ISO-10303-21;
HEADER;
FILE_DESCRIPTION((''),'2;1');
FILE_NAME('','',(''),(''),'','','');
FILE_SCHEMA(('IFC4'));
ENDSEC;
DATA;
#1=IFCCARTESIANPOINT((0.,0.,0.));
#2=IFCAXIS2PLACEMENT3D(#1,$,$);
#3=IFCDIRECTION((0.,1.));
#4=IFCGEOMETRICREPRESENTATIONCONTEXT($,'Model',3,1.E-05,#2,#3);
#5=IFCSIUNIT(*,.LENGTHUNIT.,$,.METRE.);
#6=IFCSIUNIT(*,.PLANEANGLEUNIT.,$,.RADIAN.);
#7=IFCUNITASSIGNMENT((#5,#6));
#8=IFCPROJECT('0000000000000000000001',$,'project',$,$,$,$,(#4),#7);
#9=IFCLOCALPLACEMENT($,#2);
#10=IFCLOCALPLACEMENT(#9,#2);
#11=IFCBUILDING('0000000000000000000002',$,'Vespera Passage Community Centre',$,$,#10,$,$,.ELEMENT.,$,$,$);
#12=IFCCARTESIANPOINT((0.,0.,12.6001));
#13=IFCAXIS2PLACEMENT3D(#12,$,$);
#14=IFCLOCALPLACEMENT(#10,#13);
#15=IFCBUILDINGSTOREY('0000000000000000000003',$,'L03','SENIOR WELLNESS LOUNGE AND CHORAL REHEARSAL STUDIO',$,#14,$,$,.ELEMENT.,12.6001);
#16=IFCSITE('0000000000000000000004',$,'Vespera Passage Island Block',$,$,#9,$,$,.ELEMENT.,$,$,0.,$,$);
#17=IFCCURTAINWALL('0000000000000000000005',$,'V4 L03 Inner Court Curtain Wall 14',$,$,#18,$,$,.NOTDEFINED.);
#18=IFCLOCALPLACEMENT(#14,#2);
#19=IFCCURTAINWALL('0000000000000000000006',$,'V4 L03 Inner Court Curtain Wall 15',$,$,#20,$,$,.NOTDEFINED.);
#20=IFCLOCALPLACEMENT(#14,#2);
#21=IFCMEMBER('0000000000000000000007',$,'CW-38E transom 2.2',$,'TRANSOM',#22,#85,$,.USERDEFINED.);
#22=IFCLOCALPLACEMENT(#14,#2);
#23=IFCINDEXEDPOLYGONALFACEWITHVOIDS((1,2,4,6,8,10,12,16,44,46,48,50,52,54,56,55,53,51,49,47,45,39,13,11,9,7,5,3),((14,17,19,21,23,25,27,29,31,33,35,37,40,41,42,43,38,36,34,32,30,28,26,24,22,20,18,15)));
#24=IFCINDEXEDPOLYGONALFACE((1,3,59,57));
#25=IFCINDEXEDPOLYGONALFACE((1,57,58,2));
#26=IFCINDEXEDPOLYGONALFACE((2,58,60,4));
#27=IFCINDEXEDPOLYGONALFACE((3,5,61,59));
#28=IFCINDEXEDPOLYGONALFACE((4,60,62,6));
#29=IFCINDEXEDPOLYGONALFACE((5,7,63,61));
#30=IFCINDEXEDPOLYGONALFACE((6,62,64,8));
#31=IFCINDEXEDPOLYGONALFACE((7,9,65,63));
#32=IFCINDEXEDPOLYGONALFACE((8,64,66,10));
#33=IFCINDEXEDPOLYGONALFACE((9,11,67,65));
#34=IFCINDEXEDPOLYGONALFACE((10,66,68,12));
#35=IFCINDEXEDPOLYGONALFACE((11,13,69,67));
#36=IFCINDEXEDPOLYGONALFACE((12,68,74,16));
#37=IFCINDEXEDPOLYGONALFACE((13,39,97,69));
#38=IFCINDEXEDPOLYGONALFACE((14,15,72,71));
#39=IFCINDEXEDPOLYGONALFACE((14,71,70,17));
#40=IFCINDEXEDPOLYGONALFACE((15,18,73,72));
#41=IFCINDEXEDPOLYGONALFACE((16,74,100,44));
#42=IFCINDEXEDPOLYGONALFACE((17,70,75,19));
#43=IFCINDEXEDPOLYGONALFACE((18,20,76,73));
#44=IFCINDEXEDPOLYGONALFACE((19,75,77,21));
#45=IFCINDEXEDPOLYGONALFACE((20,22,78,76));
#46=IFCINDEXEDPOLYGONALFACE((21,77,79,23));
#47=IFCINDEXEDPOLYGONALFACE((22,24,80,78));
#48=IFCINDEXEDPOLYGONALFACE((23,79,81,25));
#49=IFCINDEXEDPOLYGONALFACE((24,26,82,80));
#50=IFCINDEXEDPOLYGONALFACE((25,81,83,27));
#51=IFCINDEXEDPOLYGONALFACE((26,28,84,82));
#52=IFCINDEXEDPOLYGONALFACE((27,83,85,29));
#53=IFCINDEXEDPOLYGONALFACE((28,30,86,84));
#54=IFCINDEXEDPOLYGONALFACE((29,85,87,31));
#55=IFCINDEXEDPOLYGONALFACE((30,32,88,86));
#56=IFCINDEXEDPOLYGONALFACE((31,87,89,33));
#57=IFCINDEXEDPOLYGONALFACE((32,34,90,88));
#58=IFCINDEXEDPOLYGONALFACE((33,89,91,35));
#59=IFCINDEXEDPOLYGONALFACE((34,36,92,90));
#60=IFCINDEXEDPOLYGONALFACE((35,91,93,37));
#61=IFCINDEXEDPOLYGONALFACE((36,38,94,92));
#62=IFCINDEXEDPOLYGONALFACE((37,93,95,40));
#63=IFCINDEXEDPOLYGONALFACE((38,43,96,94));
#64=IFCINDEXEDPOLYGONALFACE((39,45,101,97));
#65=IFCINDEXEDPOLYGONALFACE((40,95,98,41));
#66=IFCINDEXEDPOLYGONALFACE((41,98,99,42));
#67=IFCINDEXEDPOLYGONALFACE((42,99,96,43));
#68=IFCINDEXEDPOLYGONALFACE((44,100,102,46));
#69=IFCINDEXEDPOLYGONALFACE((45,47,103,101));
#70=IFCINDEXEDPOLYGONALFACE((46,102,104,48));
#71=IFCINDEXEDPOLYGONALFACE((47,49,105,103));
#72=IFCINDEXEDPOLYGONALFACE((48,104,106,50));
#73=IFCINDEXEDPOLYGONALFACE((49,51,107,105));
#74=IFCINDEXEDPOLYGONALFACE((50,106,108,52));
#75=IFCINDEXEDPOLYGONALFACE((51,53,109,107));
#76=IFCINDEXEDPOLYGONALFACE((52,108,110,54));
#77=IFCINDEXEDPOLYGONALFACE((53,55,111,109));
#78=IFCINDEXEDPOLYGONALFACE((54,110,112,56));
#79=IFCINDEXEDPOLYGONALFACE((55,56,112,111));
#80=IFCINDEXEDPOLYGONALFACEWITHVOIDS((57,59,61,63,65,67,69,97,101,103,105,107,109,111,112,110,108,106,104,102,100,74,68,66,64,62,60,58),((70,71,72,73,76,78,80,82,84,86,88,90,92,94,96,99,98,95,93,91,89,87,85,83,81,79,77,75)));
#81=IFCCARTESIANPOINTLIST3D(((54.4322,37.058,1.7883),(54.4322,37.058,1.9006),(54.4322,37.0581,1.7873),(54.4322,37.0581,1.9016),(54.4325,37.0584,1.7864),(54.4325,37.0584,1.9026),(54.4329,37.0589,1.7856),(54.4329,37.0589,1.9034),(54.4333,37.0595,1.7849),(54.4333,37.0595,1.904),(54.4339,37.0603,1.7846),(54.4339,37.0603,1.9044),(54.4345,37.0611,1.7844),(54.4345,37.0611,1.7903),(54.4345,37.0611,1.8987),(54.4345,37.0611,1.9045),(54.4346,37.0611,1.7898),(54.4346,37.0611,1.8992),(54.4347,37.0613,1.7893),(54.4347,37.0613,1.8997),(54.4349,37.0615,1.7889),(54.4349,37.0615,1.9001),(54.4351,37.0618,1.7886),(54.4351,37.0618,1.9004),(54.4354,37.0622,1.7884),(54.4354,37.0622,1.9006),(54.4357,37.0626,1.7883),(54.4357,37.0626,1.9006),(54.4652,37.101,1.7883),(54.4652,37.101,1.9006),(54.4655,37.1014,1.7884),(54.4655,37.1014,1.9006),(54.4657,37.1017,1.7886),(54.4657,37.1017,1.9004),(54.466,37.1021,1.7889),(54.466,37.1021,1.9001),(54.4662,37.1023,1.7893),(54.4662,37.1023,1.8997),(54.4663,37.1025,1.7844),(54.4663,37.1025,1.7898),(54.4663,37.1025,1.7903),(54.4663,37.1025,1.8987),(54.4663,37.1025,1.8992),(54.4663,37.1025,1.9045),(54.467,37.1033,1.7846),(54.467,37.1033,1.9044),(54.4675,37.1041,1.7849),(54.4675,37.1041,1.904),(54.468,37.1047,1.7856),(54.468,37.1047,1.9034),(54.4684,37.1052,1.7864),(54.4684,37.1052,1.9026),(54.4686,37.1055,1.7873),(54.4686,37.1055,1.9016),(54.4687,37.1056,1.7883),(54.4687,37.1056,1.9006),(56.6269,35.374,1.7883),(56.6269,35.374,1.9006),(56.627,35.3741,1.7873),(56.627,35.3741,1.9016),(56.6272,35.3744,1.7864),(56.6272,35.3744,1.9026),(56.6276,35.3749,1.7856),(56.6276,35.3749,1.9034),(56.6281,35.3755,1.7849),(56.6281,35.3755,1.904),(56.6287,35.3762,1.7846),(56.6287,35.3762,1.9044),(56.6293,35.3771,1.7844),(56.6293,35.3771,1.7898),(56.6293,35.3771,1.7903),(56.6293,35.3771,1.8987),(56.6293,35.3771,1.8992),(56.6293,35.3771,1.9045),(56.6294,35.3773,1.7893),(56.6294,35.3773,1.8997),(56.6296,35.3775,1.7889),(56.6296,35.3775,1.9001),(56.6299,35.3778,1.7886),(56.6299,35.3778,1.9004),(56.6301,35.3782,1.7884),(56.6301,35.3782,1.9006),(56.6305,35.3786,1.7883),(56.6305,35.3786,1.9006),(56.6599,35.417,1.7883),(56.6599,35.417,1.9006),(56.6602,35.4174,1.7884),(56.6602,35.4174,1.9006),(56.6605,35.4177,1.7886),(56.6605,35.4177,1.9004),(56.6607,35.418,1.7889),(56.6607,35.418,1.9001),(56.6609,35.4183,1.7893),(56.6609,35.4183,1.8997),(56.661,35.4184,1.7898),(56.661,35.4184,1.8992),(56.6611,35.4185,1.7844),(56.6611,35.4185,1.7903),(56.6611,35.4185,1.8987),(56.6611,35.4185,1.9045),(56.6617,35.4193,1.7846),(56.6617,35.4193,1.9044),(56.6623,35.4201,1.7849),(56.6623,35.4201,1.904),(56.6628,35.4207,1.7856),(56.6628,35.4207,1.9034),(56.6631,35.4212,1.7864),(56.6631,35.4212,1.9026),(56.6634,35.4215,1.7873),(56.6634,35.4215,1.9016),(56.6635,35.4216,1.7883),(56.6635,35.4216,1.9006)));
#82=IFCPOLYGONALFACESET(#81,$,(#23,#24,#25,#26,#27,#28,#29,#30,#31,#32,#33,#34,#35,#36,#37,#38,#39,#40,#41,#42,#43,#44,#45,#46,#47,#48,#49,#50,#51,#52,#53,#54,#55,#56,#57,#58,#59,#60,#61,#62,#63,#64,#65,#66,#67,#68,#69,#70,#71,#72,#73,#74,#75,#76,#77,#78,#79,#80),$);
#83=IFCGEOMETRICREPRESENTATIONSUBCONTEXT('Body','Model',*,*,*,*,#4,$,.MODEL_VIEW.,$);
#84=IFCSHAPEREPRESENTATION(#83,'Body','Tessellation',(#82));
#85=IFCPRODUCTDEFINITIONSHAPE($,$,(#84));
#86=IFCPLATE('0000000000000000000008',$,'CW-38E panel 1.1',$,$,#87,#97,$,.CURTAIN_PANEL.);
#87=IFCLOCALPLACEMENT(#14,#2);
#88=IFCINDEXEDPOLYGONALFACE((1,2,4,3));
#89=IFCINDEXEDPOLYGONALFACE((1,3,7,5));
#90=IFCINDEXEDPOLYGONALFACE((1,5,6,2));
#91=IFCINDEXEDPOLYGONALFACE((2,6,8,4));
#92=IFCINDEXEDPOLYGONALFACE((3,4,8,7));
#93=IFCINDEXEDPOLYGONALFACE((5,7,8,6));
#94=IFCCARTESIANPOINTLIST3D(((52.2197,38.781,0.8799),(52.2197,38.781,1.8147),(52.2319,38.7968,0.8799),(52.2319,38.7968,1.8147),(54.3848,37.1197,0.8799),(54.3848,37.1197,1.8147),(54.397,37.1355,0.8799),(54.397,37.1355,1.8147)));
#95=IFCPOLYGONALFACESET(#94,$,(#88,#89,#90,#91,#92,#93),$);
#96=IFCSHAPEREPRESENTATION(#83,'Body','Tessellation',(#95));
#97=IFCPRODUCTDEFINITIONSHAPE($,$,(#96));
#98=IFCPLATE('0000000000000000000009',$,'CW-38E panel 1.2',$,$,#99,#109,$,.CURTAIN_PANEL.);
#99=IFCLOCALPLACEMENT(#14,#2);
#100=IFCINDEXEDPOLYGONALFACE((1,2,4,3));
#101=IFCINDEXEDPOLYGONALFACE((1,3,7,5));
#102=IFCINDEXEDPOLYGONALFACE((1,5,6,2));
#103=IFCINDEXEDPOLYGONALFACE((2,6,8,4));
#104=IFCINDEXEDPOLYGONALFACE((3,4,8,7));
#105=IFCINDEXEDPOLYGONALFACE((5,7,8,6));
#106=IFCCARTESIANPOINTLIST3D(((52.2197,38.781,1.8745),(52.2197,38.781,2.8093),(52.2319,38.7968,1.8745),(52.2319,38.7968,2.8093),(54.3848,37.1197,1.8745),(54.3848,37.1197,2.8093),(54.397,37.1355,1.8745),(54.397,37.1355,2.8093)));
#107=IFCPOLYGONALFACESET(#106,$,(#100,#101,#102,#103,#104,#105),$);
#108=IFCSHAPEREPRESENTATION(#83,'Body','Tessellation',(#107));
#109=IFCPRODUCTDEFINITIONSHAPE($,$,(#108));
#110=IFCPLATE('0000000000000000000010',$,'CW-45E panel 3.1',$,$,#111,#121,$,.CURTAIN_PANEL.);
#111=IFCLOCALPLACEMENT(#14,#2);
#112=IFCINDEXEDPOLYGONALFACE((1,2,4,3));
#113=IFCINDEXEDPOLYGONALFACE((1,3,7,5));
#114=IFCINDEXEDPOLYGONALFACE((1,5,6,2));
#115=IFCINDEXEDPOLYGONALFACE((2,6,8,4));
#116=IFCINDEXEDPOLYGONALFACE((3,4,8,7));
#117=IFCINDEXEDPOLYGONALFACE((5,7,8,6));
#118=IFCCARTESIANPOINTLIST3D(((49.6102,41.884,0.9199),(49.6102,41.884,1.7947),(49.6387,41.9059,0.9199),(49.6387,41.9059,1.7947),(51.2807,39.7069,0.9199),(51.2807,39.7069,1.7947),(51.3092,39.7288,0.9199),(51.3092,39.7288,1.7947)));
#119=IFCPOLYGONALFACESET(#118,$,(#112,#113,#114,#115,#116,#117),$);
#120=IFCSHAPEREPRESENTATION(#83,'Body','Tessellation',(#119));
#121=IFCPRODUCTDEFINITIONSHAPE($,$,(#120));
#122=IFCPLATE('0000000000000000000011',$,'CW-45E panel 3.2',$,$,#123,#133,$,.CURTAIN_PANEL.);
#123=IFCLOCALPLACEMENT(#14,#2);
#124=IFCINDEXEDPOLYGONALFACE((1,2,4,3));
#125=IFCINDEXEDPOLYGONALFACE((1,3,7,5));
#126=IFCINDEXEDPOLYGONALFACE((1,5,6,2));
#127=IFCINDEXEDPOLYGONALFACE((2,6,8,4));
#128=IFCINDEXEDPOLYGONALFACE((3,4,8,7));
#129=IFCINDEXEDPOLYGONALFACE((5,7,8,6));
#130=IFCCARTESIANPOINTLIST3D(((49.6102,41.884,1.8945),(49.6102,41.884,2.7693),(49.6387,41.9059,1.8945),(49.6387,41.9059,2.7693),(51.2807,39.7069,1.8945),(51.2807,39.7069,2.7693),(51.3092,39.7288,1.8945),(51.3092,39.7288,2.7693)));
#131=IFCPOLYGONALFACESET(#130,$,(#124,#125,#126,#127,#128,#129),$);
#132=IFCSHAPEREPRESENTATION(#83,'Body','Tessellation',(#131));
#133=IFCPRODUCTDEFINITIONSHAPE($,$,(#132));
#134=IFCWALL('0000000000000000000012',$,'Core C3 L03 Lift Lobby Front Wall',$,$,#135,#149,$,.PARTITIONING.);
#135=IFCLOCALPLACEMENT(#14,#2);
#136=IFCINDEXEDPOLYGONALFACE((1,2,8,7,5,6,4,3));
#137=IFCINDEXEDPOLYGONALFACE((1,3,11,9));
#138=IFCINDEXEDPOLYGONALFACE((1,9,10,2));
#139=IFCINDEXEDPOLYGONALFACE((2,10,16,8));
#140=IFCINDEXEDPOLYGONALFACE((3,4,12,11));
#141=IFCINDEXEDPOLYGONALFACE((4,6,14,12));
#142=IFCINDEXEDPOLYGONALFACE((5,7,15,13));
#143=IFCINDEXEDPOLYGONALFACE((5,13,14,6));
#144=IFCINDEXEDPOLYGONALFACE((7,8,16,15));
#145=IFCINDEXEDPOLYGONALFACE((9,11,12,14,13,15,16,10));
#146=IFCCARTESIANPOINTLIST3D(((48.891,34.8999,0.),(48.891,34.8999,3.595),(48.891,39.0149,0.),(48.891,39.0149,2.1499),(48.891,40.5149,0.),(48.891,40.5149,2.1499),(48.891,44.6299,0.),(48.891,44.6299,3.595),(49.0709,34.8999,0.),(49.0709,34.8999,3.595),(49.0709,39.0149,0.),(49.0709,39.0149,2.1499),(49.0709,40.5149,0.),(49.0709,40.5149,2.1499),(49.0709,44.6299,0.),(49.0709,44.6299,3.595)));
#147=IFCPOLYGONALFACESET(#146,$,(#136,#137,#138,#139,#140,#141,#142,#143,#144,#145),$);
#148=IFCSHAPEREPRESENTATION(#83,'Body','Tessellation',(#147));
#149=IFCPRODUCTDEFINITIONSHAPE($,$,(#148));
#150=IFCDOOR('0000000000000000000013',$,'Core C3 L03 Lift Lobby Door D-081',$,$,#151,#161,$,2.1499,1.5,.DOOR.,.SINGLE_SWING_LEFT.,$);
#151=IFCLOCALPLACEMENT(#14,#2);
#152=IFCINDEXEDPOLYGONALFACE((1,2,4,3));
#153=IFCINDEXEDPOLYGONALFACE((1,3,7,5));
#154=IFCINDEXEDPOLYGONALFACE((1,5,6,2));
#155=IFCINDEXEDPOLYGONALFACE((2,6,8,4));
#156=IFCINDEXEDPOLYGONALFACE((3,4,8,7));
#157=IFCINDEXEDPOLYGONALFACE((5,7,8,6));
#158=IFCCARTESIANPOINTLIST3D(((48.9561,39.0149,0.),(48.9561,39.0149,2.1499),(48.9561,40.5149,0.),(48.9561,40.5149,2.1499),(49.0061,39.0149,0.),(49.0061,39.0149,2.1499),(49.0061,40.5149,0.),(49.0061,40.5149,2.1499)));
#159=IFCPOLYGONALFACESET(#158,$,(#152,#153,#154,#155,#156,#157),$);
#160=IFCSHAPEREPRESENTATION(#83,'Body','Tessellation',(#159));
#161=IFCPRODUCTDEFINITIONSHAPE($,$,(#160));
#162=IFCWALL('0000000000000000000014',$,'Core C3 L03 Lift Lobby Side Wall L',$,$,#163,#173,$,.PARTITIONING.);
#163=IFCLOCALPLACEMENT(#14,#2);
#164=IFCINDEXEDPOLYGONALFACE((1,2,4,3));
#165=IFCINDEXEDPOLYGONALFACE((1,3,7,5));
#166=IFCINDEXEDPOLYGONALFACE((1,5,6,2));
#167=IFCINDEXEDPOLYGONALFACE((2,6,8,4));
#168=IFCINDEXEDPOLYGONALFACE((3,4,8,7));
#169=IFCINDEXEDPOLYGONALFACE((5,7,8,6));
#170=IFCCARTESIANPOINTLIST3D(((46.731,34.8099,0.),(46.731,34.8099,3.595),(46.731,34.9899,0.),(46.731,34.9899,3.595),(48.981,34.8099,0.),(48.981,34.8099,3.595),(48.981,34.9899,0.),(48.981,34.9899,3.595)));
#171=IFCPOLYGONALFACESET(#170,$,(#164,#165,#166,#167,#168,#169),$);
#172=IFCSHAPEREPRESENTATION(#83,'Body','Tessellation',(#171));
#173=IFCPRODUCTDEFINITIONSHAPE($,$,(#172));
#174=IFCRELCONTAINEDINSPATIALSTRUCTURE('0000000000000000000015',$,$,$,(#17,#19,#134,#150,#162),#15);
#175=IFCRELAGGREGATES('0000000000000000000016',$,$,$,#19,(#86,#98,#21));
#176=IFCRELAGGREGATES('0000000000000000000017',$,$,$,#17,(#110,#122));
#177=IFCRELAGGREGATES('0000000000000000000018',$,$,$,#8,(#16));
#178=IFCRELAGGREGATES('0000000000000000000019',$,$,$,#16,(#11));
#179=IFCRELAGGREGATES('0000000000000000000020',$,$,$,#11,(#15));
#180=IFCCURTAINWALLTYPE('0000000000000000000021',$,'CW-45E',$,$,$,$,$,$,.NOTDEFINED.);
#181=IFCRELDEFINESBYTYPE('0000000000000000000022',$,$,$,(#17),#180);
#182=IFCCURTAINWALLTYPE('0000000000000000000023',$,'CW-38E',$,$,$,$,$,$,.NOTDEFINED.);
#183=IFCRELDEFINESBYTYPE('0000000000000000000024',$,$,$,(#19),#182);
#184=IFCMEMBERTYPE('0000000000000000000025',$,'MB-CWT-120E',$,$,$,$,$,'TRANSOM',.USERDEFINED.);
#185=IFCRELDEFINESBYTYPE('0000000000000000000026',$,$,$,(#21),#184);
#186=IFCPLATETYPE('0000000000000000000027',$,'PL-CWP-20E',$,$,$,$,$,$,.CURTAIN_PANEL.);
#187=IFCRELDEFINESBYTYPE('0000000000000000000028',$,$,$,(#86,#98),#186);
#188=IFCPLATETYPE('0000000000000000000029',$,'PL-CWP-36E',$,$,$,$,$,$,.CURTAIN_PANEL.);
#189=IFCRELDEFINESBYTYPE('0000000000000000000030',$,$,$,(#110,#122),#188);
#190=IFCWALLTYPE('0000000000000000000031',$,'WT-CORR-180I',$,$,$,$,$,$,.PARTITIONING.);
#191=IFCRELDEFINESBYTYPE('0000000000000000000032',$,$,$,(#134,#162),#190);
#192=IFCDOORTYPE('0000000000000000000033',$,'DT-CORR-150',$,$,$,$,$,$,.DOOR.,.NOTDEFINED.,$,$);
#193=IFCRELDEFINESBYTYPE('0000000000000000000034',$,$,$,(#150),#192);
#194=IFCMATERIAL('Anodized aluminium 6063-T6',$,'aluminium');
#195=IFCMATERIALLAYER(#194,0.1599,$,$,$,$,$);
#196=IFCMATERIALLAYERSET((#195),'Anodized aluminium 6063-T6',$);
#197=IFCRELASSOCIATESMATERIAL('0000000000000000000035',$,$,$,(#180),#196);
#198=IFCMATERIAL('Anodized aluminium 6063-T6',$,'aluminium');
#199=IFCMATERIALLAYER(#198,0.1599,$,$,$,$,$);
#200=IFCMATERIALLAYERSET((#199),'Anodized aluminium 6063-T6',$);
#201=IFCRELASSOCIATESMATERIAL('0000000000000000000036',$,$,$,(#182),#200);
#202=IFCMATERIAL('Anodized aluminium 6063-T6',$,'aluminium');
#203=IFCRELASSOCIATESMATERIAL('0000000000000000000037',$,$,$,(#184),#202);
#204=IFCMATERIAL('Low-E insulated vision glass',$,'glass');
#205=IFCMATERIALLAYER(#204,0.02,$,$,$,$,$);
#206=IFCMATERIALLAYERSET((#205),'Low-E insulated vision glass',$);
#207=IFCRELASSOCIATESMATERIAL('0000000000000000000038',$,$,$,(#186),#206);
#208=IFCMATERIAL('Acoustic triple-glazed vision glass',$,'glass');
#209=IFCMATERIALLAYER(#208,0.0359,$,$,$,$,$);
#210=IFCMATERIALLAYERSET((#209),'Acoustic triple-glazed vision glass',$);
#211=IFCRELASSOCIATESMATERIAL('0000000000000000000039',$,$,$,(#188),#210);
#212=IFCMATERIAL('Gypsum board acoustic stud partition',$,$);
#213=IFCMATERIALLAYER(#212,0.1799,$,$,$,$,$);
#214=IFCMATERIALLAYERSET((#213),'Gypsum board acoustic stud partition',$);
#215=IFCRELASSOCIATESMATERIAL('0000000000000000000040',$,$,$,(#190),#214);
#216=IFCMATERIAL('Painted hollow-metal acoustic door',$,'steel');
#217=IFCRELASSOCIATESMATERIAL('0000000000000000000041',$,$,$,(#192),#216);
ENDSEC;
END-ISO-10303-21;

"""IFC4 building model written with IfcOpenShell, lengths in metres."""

from ifc_helpers import new_model, si_unit, direction, frame, frame_2d, origin, origin_2d, place, context, subcontext, project, spatial, rectangle, hollow_rectangle, extrude, material, layer, layer_set, material_profile, profile_set, type_object, element, fill, aggregate, save


model = new_model("IFC4")

# Units and contexts
model_context = context("Model", 3, precision=1e-05, world=origin(), true_north=direction((0.0, 1.0)))
body_context = subcontext(model_context, "Body", "Model", "MODEL_VIEW")
ifc_project = project(units=[si_unit("LENGTHUNIT", "METRE"), si_unit("PLANEANGLEUNIT", "RADIAN")], contexts=[model_context])

# Site, building, storey
site_placement = place(None, origin())
site = spatial("IfcSite", under=ifc_project, at=site_placement, Name="Vespera Passage Island Block", CompositionType="ELEMENT", RefElevation=0.0)
building_placement = place(site_placement, origin())
building = spatial("IfcBuilding", under=site, at=building_placement, Name="Vespera Passage Community Centre", CompositionType="ELEMENT")
storey_placement = place(building_placement, frame((0.0, 0.0, 12.6001)))
storey = spatial("IfcBuildingStorey", under=building, at=storey_placement, Name="L03", Description="SENIOR WELLNESS LOUNGE AND CHORAL REHEARSAL STUDIO", CompositionType="ELEMENT", Elevation=12.6001)

# Curtain walls
ifc_material_1 = material(Name="Anodized aluminium 6063-T6", Category="aluminium")
ifc_layer_1 = layer(ifc_material_1, 0.1599)
ifc_layer_set_1 = layer_set([ifc_layer_1], Name="Anodized aluminium 6063-T6")
curtain_wall_type_1 = type_object("IfcCurtainWallType", Name="CW-45E", PredefinedType="NOTDEFINED", material=ifc_layer_set_1)
curtain_wall_1_placement = place(storey_placement, origin())
curtain_wall_1 = element("IfcCurtainWall", 1, at=curtain_wall_1_placement, inside=storey, type_object=curtain_wall_type_1, Name="V4 L03 Inner Court Curtain Wall 14", PredefinedType="NOTDEFINED")
ifc_material_2 = material(Name="Anodized aluminium 6063-T6", Category="aluminium")
ifc_layer_2 = layer(ifc_material_2, 0.1599)
ifc_layer_set_2 = layer_set([ifc_layer_2], Name="Anodized aluminium 6063-T6")
curtain_wall_type_2 = type_object("IfcCurtainWallType", Name="CW-38E", PredefinedType="NOTDEFINED", material=ifc_layer_set_2)
curtain_wall_2_placement = place(storey_placement, origin())
curtain_wall_2 = element("IfcCurtainWall", 2, at=curtain_wall_2_placement, inside=storey, type_object=curtain_wall_type_2, Name="V4 L03 Inner Court Curtain Wall 15", PredefinedType="NOTDEFINED")

# Member
ifc_material_3 = material(Name="Anodized aluminium 6063-T6", Category="aluminium")
ifc_material_profile_1 = material_profile(ifc_material_3, hollow_rectangle(XDim=0.0601, YDim=0.1201, WallThickness=0.0039, InnerFilletRadius=0.002, OuterFilletRadius=0.0039, at=origin_2d()), Name="ALU120X60X4")
ifc_profile_set_1 = profile_set([ifc_material_profile_1], Name="Anodized aluminium 6063-T6")
member_type_1 = type_object("IfcMemberType", Name="MB-CWT-120E", ElementType="TRANSOM", PredefinedType="USERDEFINED", material=ifc_profile_set_1)
member_1_placement = place(storey_placement, frame((54.4504, 37.0818, 1.8445), z_axis=(0.793365, -0.608746, 0.0), x_axis=(0.608746, 0.793365, 0.0)))
member_1 = element("IfcMember", 3, at=member_1_placement, type_object=member_type_1, Name="CW-38E transom 2.2", ObjectType="TRANSOM", PredefinedType="USERDEFINED", context=body_context, shape_type="SweptSolid", body=[
    extrude(hollow_rectangle(XDim=0.0601, YDim=0.1201, WallThickness=0.0039, InnerFilletRadius=0.002, OuterFilletRadius=0.0039, at=origin_2d()), origin(), (0.0, 0.0, 1.0), 2.7664),
])

# Plates
ifc_material_4 = material(Name="Low-E insulated vision glass", Category="glass")
ifc_layer_3 = layer(ifc_material_4, 0.02)
ifc_layer_set_3 = layer_set([ifc_layer_3], Name="Low-E insulated vision glass")
plate_type_1 = type_object("IfcPlateType", Name="PL-CWP-20E", PredefinedType="CURTAIN_PANEL", material=ifc_layer_set_3)
plate_1_placement = place(storey_placement, frame((53.3083, 37.9583, 0.8799), z_axis=(0.0, 0.0, 1.0), x_axis=(0.793358, -0.608755, 0.0)))
plate_1 = element("IfcPlate", 4, at=plate_1_placement, type_object=plate_type_1, Name="CW-38E panel 1.1", PredefinedType="CURTAIN_PANEL", context=body_context, shape_type="SweptSolid", body=[
    extrude(rectangle(XDim=2.729, YDim=0.02, at=origin_2d()), origin(), (0.0, 0.0, 1.0), 0.9348),
])
plate_2_placement = place(storey_placement, frame((53.3083, 37.9583, 1.8745), z_axis=(0.0, 0.0, 1.0), x_axis=(0.793358, -0.608755, 0.0)))
plate_2 = element("IfcPlate", 5, at=plate_2_placement, type_object=plate_type_1, Name="CW-38E panel 1.2", PredefinedType="CURTAIN_PANEL", context=body_context, shape_type="SweptSolid", body=[
    extrude(rectangle(XDim=2.729, YDim=0.02, at=origin_2d()), origin(), (0.0, 0.0, 1.0), 0.9348),
])
aggregate(curtain_wall_2, [plate_1, plate_2, member_1])
ifc_material_5 = material(Name="Acoustic triple-glazed vision glass", Category="glass")
ifc_layer_4 = layer(ifc_material_5, 0.0359)
ifc_layer_set_4 = layer_set([ifc_layer_4], Name="Acoustic triple-glazed vision glass")
plate_type_2 = type_object("IfcPlateType", Name="PL-CWP-36E", PredefinedType="CURTAIN_PANEL", material=ifc_layer_set_4)
plate_3_placement = place(storey_placement, frame((50.4597, 40.8064, 0.9199), z_axis=(0.0, 0.0, 1.0), x_axis=(0.608755, -0.793358, 0.0)))
plate_3 = element("IfcPlate", 6, at=plate_3_placement, type_object=plate_type_2, Name="CW-45E panel 3.1", PredefinedType="CURTAIN_PANEL", context=body_context, shape_type="SweptSolid", body=[
    extrude(rectangle(XDim=2.7441, YDim=0.0359, at=origin_2d()), origin(), (0.0, 0.0, 1.0), 0.8748),
])
plate_4_placement = place(storey_placement, frame((50.4597, 40.8064, 1.8945), z_axis=(0.0, 0.0, 1.0), x_axis=(0.608755, -0.793358, 0.0)))
plate_4 = element("IfcPlate", 7, at=plate_4_placement, type_object=plate_type_2, Name="CW-45E panel 3.2", PredefinedType="CURTAIN_PANEL", context=body_context, shape_type="SweptSolid", body=[
    extrude(rectangle(XDim=2.7441, YDim=0.0359, at=origin_2d()), origin(), (0.0, 0.0, 1.0), 0.8748),
])
aggregate(curtain_wall_1, [plate_3, plate_4])

# Wall, opening, door
ifc_material_6 = material(Name="Gypsum board acoustic stud partition")
ifc_layer_5 = layer(ifc_material_6, 0.1799)
ifc_layer_set_5 = layer_set([ifc_layer_5], Name="Gypsum board acoustic stud partition")
wall_type_1 = type_object("IfcWallType", Name="WT-CORR-180I", PredefinedType="PARTITIONING", material=ifc_layer_set_5)
wall_1_placement = place(storey_placement, frame((48.981, 34.8999, 0.0), z_axis=(0.0, 0.0, 1.0), x_axis=(0.0, 1.0, 0.0)))
wall_1 = element("IfcWall", 8, at=wall_1_placement, inside=storey, type_object=wall_type_1, Name="Core C3 L03 Lift Lobby Front Wall", PredefinedType="PARTITIONING", context=body_context, shape_type="SweptSolid", body=[
    extrude(rectangle(XDim=9.73, YDim=0.1799, at=frame_2d((4.865, 0.0))), origin(), (0.0, 0.0, 1.0), 3.595),
])
opening_1_placement = place(wall_1_placement, frame((4.115, 0.0, 0.0)))
opening_1 = element("IfcOpeningElement", 9, at=opening_1_placement, cuts=wall_1, PredefinedType="OPENING", context=body_context, shape_type="SweptSolid", body=[
    extrude(rectangle(XDim=1.5, YDim=2.1499, at=frame_2d((0.75, 1.075))), frame((0.0, 0.0999, 0.0), z_axis=(0.0, -1.0, 0.0), x_axis=(1.0, 0.0, 0.0)), (0.0, 0.0, 1.0), 0.2),
])
ifc_material_7 = material(Name="Painted hollow-metal acoustic door", Category="steel")
door_type_1 = type_object("IfcDoorType", Name="DT-CORR-150", OperationType="NOTDEFINED", PredefinedType="DOOR", material=ifc_material_7)
door_1_placement = place(opening_1_placement, origin())
door_1 = element("IfcDoor", 10, at=door_1_placement, inside=storey, type_object=door_type_1, Name="Core C3 L03 Lift Lobby Door D-081", OperationType="SINGLE_SWING_LEFT", OverallHeight=2.1499, OverallWidth=1.5, PredefinedType="DOOR", context=body_context, shape_type="SweptSolid", body=[
    extrude(rectangle(XDim=1.5, YDim=2.1499, at=frame_2d((0.75, 1.075))), frame((0.0, 0.0249, 0.0), z_axis=(0.0, -1.0, 0.0), x_axis=(1.0, 0.0, 0.0)), (0.0, 0.0, 1.0), 0.05),
])
fill(opening_1, door_1)

# Wall
wall_2_placement = place(storey_placement, frame((46.731, 34.8999, 0.0), z_axis=(0.0, 0.0, 1.0), x_axis=(1.0, 0.0, 0.0)))
element("IfcWall", 11, at=wall_2_placement, inside=storey, type_object=wall_type_1, Name="Core C3 L03 Lift Lobby Side Wall L", PredefinedType="PARTITIONING", context=body_context, shape_type="SweptSolid", body=[
    extrude(rectangle(XDim=2.25, YDim=0.1799, at=frame_2d((1.125, 0.0))), origin(), (0.0, 0.0, 1.0), 3.595),
])

save(model, "model.ifc")
